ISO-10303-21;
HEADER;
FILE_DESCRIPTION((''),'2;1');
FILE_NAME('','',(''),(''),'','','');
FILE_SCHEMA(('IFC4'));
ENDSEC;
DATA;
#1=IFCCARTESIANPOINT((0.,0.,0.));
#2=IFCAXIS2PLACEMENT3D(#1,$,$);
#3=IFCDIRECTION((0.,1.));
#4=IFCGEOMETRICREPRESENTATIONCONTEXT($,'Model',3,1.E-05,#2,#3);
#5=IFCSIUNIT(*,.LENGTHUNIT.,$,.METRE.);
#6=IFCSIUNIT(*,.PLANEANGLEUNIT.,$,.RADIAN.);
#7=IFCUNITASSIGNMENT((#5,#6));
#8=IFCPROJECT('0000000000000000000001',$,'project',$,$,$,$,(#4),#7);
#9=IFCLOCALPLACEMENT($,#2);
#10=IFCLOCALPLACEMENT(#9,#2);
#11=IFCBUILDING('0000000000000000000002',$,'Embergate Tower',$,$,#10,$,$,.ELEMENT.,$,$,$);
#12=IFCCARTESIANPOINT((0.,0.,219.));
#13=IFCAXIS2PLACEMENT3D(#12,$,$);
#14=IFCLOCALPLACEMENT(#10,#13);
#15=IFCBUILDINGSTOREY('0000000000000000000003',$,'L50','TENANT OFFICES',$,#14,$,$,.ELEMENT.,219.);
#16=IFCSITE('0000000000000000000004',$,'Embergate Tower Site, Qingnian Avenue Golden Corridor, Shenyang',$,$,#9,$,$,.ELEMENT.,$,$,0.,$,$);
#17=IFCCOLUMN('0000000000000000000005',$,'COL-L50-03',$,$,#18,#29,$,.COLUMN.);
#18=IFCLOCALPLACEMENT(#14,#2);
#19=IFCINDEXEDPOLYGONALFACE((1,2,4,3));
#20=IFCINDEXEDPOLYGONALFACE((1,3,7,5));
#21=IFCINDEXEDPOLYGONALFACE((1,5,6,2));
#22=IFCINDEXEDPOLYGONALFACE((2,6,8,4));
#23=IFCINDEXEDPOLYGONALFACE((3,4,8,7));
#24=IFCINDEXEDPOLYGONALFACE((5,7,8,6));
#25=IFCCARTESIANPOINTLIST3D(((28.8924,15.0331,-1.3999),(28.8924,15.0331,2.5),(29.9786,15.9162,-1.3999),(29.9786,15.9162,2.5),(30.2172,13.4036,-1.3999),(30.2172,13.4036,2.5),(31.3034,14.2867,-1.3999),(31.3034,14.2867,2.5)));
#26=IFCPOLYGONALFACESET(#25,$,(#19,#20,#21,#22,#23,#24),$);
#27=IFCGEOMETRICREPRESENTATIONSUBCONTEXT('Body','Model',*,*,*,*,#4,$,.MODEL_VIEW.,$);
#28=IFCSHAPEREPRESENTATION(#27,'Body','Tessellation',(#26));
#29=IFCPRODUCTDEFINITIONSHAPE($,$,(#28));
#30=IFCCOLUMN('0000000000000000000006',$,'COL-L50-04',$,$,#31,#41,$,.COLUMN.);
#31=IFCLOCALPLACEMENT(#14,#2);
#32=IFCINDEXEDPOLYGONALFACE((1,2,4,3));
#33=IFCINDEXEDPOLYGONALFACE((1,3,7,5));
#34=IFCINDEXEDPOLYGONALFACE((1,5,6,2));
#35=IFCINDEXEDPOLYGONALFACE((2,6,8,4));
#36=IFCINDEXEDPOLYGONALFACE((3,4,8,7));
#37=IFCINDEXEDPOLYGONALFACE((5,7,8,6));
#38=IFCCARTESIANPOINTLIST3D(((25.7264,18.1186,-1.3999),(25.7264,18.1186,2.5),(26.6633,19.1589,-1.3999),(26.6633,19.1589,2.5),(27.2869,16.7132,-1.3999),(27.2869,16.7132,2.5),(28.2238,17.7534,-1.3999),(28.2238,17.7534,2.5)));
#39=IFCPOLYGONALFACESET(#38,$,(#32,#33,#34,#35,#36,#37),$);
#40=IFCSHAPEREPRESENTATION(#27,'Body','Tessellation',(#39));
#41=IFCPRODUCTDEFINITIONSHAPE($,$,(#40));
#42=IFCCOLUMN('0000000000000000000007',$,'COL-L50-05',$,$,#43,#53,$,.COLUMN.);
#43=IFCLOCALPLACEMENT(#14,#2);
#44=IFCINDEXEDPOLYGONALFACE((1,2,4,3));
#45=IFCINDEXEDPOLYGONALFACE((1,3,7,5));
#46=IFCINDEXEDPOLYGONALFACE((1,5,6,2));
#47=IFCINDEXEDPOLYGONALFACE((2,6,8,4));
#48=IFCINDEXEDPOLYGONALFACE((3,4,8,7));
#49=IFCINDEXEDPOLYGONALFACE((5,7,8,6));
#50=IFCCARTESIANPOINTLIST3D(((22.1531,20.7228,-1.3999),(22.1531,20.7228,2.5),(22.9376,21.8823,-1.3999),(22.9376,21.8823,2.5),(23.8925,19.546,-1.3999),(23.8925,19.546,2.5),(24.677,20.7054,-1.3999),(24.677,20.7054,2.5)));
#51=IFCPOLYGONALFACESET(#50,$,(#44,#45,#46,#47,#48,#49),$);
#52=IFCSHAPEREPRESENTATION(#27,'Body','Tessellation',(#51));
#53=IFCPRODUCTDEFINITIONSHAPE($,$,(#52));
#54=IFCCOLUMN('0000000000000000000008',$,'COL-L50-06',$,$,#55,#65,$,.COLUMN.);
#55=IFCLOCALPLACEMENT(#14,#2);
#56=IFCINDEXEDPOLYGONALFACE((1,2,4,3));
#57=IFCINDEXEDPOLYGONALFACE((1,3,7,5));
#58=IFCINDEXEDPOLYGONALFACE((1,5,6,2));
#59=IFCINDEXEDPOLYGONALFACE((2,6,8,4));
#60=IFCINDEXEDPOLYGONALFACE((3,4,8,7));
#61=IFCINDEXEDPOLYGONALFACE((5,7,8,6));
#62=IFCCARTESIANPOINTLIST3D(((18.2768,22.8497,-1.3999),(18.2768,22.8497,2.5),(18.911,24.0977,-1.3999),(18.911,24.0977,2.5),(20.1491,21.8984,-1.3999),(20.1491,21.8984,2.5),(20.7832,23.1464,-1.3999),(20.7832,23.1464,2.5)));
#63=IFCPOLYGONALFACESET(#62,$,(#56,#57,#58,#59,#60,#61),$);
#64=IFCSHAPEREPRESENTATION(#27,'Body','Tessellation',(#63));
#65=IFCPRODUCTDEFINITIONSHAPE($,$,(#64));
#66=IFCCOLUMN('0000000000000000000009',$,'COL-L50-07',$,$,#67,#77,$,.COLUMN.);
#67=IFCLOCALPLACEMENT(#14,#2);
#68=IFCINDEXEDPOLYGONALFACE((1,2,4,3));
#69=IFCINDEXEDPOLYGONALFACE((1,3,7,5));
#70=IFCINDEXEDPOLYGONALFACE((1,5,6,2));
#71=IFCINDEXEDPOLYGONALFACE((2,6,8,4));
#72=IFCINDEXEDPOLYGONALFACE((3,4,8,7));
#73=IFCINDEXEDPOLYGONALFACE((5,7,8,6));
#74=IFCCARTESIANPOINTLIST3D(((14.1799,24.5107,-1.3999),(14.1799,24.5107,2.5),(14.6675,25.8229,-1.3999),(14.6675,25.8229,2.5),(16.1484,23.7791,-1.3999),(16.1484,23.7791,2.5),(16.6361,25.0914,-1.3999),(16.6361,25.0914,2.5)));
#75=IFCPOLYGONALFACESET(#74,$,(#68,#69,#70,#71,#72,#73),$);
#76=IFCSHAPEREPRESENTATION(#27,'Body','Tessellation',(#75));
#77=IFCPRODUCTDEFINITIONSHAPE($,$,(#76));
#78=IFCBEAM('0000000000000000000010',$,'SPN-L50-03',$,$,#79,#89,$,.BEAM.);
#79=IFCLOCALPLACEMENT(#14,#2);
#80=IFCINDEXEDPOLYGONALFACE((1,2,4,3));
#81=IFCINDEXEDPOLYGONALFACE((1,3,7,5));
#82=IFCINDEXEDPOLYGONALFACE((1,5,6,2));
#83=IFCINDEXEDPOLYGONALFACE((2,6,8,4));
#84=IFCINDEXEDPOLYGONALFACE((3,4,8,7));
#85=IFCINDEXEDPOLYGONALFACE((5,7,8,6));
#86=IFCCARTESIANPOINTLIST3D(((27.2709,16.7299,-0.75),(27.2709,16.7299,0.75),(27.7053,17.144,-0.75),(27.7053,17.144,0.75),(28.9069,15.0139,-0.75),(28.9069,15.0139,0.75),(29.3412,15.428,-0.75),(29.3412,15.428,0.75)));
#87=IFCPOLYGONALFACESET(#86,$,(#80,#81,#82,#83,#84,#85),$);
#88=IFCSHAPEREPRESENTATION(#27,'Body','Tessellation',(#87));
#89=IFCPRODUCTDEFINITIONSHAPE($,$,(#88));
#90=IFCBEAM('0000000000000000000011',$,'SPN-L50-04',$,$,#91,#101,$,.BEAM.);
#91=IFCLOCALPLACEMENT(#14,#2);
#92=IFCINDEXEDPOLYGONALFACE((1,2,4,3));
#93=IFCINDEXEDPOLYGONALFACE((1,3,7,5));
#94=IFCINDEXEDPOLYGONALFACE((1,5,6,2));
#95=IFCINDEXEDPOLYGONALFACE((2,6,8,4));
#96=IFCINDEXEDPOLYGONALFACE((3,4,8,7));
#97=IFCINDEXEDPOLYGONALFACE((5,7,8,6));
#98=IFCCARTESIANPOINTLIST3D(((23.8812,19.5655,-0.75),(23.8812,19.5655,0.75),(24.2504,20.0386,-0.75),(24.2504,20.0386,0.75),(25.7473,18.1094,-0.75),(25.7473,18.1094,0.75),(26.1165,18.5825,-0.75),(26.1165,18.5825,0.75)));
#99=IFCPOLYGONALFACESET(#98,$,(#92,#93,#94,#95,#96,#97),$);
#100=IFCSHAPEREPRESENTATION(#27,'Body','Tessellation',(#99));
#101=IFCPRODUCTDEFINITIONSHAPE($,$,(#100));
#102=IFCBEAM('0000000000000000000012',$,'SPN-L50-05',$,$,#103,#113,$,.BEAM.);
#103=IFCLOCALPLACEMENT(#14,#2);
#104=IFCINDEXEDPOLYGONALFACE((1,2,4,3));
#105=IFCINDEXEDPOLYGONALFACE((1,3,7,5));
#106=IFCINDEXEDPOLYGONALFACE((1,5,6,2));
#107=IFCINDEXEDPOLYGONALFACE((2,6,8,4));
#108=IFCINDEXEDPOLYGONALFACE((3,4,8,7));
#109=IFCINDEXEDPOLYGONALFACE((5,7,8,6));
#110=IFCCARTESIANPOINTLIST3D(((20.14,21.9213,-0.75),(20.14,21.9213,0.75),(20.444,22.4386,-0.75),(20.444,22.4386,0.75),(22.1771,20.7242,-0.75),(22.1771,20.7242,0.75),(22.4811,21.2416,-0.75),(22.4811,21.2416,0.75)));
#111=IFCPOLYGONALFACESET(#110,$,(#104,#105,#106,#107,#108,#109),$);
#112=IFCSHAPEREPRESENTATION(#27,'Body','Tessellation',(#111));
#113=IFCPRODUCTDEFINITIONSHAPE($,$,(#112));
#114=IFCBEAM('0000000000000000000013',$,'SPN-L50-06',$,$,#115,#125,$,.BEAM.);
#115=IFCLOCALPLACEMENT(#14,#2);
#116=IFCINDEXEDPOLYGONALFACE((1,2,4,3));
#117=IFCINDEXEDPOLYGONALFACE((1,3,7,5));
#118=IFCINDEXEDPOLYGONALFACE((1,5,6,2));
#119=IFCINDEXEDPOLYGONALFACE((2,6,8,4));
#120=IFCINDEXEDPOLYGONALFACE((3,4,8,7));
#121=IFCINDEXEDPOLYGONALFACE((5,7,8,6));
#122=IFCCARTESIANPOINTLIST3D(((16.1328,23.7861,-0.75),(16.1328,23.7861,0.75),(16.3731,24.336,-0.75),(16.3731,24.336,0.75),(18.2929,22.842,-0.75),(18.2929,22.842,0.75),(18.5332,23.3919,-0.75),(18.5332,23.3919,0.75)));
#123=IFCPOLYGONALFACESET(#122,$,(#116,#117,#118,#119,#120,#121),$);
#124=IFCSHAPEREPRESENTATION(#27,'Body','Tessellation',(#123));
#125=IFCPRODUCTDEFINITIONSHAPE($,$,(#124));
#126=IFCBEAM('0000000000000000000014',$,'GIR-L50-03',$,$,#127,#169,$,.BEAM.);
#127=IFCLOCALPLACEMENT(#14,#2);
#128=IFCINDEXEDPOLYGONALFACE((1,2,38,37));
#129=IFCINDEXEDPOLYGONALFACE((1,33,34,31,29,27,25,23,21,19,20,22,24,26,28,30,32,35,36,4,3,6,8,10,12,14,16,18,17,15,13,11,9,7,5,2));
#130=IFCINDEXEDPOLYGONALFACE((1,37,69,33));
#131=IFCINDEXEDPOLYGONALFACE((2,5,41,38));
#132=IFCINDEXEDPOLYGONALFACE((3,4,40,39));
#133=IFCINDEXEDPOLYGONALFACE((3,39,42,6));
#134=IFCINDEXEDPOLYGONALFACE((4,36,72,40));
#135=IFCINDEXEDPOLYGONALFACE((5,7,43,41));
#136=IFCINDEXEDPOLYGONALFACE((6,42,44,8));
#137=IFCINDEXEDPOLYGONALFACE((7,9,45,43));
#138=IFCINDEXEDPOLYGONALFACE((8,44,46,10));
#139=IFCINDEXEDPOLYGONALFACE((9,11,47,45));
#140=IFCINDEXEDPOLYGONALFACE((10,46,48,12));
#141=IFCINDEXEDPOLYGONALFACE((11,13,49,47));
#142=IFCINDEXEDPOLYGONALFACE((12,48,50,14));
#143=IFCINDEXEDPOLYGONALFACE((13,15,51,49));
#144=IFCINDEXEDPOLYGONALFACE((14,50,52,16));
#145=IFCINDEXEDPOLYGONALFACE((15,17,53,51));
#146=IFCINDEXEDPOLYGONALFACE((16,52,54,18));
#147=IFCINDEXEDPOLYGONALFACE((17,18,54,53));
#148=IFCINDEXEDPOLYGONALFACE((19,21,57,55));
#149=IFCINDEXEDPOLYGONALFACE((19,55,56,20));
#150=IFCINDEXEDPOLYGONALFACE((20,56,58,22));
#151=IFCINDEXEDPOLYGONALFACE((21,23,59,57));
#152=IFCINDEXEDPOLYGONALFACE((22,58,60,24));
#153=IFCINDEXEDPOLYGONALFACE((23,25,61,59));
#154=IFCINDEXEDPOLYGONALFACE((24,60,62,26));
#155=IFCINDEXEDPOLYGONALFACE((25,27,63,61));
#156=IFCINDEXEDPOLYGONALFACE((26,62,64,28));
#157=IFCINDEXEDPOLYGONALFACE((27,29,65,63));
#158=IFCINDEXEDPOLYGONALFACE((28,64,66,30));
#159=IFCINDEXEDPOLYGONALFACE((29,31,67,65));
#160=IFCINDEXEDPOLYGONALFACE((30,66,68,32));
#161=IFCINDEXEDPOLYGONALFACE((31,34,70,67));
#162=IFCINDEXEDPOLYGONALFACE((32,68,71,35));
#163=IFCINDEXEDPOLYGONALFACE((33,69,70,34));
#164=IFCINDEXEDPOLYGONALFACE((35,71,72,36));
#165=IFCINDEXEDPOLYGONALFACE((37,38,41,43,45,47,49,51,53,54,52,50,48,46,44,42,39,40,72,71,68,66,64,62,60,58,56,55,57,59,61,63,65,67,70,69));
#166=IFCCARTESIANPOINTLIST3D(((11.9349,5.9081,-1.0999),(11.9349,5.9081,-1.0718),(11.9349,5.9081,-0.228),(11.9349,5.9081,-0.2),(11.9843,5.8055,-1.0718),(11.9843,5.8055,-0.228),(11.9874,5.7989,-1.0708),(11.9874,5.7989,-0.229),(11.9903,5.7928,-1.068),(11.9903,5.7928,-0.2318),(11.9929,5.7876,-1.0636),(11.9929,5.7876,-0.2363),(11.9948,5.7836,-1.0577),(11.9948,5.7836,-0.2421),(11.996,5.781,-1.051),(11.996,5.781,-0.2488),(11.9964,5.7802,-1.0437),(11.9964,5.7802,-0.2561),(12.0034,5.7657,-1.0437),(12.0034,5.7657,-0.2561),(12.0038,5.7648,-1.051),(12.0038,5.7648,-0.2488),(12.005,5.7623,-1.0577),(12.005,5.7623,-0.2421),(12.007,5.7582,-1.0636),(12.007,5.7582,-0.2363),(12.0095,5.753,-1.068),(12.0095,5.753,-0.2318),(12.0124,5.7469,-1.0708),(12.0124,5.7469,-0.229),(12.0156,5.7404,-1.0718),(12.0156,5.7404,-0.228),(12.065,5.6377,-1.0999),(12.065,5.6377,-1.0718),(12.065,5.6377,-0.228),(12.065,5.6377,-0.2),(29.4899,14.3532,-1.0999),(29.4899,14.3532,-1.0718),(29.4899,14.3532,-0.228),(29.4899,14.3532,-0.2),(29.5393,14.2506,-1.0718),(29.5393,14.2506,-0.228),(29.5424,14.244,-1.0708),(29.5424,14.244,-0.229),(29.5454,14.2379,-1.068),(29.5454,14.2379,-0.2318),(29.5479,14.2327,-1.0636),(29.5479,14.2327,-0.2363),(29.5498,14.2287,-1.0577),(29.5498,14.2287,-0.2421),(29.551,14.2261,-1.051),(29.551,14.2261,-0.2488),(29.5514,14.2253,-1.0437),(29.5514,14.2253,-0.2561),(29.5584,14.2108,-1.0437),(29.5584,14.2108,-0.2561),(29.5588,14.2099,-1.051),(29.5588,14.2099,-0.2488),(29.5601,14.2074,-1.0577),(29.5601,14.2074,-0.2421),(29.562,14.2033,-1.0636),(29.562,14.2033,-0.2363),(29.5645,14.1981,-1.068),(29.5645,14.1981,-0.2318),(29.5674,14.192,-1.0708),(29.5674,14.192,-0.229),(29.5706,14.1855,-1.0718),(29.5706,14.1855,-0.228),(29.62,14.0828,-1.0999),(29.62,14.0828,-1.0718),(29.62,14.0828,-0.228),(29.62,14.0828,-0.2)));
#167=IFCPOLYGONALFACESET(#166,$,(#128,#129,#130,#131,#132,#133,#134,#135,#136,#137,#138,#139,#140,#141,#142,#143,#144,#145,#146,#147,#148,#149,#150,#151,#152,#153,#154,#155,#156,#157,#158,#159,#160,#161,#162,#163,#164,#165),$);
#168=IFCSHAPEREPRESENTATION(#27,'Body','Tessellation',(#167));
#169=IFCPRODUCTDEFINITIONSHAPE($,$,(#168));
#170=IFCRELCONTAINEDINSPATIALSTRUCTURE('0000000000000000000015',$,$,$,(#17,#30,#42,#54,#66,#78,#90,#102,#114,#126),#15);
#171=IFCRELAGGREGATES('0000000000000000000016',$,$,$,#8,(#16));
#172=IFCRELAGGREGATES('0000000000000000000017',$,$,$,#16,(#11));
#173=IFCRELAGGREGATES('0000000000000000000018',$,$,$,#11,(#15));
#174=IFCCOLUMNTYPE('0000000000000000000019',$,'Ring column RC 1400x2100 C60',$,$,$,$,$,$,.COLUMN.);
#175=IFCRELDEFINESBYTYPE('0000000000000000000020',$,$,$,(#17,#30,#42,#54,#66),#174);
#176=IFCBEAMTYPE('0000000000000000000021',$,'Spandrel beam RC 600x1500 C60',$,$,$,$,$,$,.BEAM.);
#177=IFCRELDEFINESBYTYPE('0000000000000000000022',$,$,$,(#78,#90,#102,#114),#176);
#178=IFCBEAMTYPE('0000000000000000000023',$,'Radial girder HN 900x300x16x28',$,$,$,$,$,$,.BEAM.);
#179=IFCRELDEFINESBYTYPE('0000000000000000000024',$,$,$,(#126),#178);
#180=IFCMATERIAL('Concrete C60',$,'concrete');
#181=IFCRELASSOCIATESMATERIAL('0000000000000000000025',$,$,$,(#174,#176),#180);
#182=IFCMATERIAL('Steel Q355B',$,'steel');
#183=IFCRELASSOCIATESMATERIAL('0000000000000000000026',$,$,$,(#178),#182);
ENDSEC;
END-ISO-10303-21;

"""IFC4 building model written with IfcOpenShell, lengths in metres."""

from ifc_helpers import new_model, si_unit, direction, frame, origin, origin_2d, place, context, subcontext, project, spatial, rectangle, i_section, extrude, source, transform, mapped, material, material_profile, profile_set, type_object, element, save


model = new_model("IFC4")

# Units and contexts
model_context = context("Model", 3, precision=1e-05, world=origin(), true_north=direction((0.0, 1.0)))
body_context = subcontext(model_context, "Body", "Model", "MODEL_VIEW")
ifc_project = project(units=[si_unit("LENGTHUNIT", "METRE"), si_unit("PLANEANGLEUNIT", "RADIAN")], contexts=[model_context])

# Site, building, storey
site_placement = place(None, origin())
site = spatial("IfcSite", under=ifc_project, at=site_placement, Name="Embergate Tower Site, Qingnian Avenue Golden Corridor, Shenyang", CompositionType="ELEMENT", RefElevation=0.0)
building_placement = place(site_placement, origin())
building = spatial("IfcBuilding", under=site, at=building_placement, Name="Embergate Tower", CompositionType="ELEMENT")
storey_placement = place(building_placement, frame((0.0, 0.0, 219.0)))
storey = spatial("IfcBuildingStorey", under=building, at=storey_placement, Name="L50", Description="TENANT OFFICES", CompositionType="ELEMENT", Elevation=219.0)

# Columns
ifc_material_1 = material(Name="Concrete C60", Category="concrete")
ifc_material_profile_1 = material_profile(ifc_material_1, rectangle(XDim=1.3999, YDim=2.1001, at=origin_2d()), Name="RC 1400x2100")
ifc_profile_set_1 = profile_set([ifc_material_profile_1], Name="Concrete C60")
column_type = type_object("IfcColumnType", Name="Ring column RC 1400x2100 C60", PredefinedType="COLUMN", material=ifc_profile_set_1)
shared_shape_1 = source(origin(), body_context, "Body", "SweptSolid", [
    extrude(rectangle(XDim=1.3999, YDim=2.1001, at=origin_2d()), origin(), (0.0, 0.0, 1.0), 3.8999),
])
for number, where, z_axis, x_axis, name in (
    (1, (30.0979, 14.6599, -1.3999), (0.0, 0.0, 1.0), (0.775925, 0.630825, 0.0), "COL-L50-03"),
    (2, (26.9751, 17.936, -1.3999), (0.0, 0.0, 1.0), (0.669221, 0.743063, 0.0), "COL-L50-04"),
    (3, (23.415, 20.7141, -1.3999), (0.0, 0.0, 1.0), (0.560393, 0.828227, 0.0), "COL-L50-05"),
    (4, (19.53, 22.998, -1.3999), (0.0, 0.0, 1.0), (0.453011, 0.891505, 0.0), "COL-L50-06"),
    (5, (15.408, 24.801, -1.3999), (0.0, 0.0, 1.0), (0.348343, 0.937367, 0.0), "COL-L50-07"),
):
    element("IfcColumn", number, at=place(storey_placement, frame(where, z_axis=z_axis, x_axis=x_axis)), inside=storey, type_object=column_type, Name=name, PredefinedType="COLUMN", context=body_context, shape_type="MappedRepresentation", body=[
        mapped(shared_shape_1, transform((0.0, 0.0, 0.0))),
    ])

# Beams
ifc_material_profile_2 = material_profile(ifc_material_1, rectangle(XDim=0.6001, YDim=1.5, at=origin_2d()), Name="RC 600x1500")
ifc_profile_set_2 = profile_set([ifc_material_profile_2], Name="Concrete C60")
beam_type_1 = type_object("IfcBeamType", Name="Spandrel beam RC 600x1500 C60", PredefinedType="BEAM", material=ifc_profile_set_2)
shared_shape_2 = source(origin(), body_context, "Body", "SweptSolid", [
    extrude(rectangle(XDim=0.6001, YDim=1.5, at=origin_2d()), origin(), (0.0, 0.0, 1.0), 2.3708),
])
beam_1_placement = place(storey_placement, frame((29.124, 15.2209, 0.0), z_axis=(-0.690018, 0.723793, 0.0), x_axis=(-0.723793, -0.690018, 0.0)))
element("IfcBeam", 6, at=beam_1_placement, inside=storey, type_object=beam_type_1, Name="SPN-L50-03", PredefinedType="BEAM", context=body_context, shape_type="MappedRepresentation", body=[
    mapped(shared_shape_2, transform((0.0, 0.0, 0.0))),
])
shared_shape_3 = source(origin(), body_context, "Body", "SweptSolid", [
    extrude(rectangle(XDim=0.6001, YDim=1.5, at=origin_2d()), origin(), (0.0, 0.0, 1.0), 2.3669),
])
beam_2_placement = place(storey_placement, frame((25.9319, 18.3459, 0.0), z_axis=(-0.788379, 0.61519, 0.0), x_axis=(-0.61519, -0.788379, 0.0)))
element("IfcBeam", 7, at=beam_2_placement, inside=storey, type_object=beam_type_1, Name="SPN-L50-04", PredefinedType="BEAM", context=body_context, shape_type="MappedRepresentation", body=[
    mapped(shared_shape_3, transform((0.0, 0.0, 0.0))),
])
shared_shape_4 = source(origin(), body_context, "Body", "SweptSolid", [
    extrude(rectangle(XDim=0.6001, YDim=1.5, at=origin_2d()), origin(), (0.0, 0.0, 1.0), 2.3628),
])
beam_3_placement = place(storey_placement, frame((22.3291, 20.9829, 0.0), z_axis=(-0.862171, 0.506618, 0.0), x_axis=(-0.506618, -0.862171, 0.0)))
element("IfcBeam", 8, at=beam_3_placement, inside=storey, type_object=beam_type_1, Name="SPN-L50-05", PredefinedType="BEAM", context=body_context, shape_type="MappedRepresentation", body=[
    mapped(shared_shape_4, transform((0.0, 0.0, 0.0))),
])
shared_shape_5 = source(origin(), body_context, "Body", "SweptSolid", [
    extrude(rectangle(XDim=0.6001, YDim=1.5, at=origin_2d()), origin(), (0.0, 0.0, 1.0), 2.3574),
])
beam_4_placement = place(storey_placement, frame((18.4131, 23.1169, 0.0), z_axis=(-0.916309, 0.400471, 0.0), x_axis=(-0.400471, -0.916309, 0.0)))
element("IfcBeam", 9, at=beam_4_placement, inside=storey, type_object=beam_type_1, Name="SPN-L50-06", PredefinedType="BEAM", context=body_context, shape_type="MappedRepresentation", body=[
    mapped(shared_shape_5, transform((0.0, 0.0, 0.0))),
])
ifc_material_2 = material(Name="Steel Q355B", Category="steel")
ifc_material_profile_3 = material_profile(ifc_material_2, i_section(OverallWidth=0.3, OverallDepth=0.8999, WebThickness=0.0161, FlangeThickness=0.0281, FilletRadius=0.0281, at=origin_2d()), Name="HN 900x300x16x28")
ifc_profile_set_3 = profile_set([ifc_material_profile_3], Name="Steel Q355 grade B")
beam_type_2 = type_object("IfcBeamType", Name="Radial girder HN 900x300x16x28", PredefinedType="BEAM", material=ifc_profile_set_3)
shared_shape_6 = source(origin(), body_context, "Body", "SweptSolid", [
    extrude(i_section(OverallWidth=0.3, OverallDepth=0.8999, WebThickness=0.0161, FlangeThickness=0.0281, FilletRadius=0.0281, at=origin_2d()), origin(), (0.0, 0.0, 1.0), 19.4807),
])
beam_5_placement = place(storey_placement, frame((29.5549, 14.218, -0.6499), z_axis=(-0.901148, -0.433511, 0.0), x_axis=(0.433511, -0.901148, 0.0)))
element("IfcBeam", 10, at=beam_5_placement, inside=storey, type_object=beam_type_2, Name="GIR-L50-03", PredefinedType="BEAM", context=body_context, shape_type="MappedRepresentation", body=[
    mapped(shared_shape_6, transform((0.0, 0.0, 0.0))),
])

save(model, "model.ifc")
